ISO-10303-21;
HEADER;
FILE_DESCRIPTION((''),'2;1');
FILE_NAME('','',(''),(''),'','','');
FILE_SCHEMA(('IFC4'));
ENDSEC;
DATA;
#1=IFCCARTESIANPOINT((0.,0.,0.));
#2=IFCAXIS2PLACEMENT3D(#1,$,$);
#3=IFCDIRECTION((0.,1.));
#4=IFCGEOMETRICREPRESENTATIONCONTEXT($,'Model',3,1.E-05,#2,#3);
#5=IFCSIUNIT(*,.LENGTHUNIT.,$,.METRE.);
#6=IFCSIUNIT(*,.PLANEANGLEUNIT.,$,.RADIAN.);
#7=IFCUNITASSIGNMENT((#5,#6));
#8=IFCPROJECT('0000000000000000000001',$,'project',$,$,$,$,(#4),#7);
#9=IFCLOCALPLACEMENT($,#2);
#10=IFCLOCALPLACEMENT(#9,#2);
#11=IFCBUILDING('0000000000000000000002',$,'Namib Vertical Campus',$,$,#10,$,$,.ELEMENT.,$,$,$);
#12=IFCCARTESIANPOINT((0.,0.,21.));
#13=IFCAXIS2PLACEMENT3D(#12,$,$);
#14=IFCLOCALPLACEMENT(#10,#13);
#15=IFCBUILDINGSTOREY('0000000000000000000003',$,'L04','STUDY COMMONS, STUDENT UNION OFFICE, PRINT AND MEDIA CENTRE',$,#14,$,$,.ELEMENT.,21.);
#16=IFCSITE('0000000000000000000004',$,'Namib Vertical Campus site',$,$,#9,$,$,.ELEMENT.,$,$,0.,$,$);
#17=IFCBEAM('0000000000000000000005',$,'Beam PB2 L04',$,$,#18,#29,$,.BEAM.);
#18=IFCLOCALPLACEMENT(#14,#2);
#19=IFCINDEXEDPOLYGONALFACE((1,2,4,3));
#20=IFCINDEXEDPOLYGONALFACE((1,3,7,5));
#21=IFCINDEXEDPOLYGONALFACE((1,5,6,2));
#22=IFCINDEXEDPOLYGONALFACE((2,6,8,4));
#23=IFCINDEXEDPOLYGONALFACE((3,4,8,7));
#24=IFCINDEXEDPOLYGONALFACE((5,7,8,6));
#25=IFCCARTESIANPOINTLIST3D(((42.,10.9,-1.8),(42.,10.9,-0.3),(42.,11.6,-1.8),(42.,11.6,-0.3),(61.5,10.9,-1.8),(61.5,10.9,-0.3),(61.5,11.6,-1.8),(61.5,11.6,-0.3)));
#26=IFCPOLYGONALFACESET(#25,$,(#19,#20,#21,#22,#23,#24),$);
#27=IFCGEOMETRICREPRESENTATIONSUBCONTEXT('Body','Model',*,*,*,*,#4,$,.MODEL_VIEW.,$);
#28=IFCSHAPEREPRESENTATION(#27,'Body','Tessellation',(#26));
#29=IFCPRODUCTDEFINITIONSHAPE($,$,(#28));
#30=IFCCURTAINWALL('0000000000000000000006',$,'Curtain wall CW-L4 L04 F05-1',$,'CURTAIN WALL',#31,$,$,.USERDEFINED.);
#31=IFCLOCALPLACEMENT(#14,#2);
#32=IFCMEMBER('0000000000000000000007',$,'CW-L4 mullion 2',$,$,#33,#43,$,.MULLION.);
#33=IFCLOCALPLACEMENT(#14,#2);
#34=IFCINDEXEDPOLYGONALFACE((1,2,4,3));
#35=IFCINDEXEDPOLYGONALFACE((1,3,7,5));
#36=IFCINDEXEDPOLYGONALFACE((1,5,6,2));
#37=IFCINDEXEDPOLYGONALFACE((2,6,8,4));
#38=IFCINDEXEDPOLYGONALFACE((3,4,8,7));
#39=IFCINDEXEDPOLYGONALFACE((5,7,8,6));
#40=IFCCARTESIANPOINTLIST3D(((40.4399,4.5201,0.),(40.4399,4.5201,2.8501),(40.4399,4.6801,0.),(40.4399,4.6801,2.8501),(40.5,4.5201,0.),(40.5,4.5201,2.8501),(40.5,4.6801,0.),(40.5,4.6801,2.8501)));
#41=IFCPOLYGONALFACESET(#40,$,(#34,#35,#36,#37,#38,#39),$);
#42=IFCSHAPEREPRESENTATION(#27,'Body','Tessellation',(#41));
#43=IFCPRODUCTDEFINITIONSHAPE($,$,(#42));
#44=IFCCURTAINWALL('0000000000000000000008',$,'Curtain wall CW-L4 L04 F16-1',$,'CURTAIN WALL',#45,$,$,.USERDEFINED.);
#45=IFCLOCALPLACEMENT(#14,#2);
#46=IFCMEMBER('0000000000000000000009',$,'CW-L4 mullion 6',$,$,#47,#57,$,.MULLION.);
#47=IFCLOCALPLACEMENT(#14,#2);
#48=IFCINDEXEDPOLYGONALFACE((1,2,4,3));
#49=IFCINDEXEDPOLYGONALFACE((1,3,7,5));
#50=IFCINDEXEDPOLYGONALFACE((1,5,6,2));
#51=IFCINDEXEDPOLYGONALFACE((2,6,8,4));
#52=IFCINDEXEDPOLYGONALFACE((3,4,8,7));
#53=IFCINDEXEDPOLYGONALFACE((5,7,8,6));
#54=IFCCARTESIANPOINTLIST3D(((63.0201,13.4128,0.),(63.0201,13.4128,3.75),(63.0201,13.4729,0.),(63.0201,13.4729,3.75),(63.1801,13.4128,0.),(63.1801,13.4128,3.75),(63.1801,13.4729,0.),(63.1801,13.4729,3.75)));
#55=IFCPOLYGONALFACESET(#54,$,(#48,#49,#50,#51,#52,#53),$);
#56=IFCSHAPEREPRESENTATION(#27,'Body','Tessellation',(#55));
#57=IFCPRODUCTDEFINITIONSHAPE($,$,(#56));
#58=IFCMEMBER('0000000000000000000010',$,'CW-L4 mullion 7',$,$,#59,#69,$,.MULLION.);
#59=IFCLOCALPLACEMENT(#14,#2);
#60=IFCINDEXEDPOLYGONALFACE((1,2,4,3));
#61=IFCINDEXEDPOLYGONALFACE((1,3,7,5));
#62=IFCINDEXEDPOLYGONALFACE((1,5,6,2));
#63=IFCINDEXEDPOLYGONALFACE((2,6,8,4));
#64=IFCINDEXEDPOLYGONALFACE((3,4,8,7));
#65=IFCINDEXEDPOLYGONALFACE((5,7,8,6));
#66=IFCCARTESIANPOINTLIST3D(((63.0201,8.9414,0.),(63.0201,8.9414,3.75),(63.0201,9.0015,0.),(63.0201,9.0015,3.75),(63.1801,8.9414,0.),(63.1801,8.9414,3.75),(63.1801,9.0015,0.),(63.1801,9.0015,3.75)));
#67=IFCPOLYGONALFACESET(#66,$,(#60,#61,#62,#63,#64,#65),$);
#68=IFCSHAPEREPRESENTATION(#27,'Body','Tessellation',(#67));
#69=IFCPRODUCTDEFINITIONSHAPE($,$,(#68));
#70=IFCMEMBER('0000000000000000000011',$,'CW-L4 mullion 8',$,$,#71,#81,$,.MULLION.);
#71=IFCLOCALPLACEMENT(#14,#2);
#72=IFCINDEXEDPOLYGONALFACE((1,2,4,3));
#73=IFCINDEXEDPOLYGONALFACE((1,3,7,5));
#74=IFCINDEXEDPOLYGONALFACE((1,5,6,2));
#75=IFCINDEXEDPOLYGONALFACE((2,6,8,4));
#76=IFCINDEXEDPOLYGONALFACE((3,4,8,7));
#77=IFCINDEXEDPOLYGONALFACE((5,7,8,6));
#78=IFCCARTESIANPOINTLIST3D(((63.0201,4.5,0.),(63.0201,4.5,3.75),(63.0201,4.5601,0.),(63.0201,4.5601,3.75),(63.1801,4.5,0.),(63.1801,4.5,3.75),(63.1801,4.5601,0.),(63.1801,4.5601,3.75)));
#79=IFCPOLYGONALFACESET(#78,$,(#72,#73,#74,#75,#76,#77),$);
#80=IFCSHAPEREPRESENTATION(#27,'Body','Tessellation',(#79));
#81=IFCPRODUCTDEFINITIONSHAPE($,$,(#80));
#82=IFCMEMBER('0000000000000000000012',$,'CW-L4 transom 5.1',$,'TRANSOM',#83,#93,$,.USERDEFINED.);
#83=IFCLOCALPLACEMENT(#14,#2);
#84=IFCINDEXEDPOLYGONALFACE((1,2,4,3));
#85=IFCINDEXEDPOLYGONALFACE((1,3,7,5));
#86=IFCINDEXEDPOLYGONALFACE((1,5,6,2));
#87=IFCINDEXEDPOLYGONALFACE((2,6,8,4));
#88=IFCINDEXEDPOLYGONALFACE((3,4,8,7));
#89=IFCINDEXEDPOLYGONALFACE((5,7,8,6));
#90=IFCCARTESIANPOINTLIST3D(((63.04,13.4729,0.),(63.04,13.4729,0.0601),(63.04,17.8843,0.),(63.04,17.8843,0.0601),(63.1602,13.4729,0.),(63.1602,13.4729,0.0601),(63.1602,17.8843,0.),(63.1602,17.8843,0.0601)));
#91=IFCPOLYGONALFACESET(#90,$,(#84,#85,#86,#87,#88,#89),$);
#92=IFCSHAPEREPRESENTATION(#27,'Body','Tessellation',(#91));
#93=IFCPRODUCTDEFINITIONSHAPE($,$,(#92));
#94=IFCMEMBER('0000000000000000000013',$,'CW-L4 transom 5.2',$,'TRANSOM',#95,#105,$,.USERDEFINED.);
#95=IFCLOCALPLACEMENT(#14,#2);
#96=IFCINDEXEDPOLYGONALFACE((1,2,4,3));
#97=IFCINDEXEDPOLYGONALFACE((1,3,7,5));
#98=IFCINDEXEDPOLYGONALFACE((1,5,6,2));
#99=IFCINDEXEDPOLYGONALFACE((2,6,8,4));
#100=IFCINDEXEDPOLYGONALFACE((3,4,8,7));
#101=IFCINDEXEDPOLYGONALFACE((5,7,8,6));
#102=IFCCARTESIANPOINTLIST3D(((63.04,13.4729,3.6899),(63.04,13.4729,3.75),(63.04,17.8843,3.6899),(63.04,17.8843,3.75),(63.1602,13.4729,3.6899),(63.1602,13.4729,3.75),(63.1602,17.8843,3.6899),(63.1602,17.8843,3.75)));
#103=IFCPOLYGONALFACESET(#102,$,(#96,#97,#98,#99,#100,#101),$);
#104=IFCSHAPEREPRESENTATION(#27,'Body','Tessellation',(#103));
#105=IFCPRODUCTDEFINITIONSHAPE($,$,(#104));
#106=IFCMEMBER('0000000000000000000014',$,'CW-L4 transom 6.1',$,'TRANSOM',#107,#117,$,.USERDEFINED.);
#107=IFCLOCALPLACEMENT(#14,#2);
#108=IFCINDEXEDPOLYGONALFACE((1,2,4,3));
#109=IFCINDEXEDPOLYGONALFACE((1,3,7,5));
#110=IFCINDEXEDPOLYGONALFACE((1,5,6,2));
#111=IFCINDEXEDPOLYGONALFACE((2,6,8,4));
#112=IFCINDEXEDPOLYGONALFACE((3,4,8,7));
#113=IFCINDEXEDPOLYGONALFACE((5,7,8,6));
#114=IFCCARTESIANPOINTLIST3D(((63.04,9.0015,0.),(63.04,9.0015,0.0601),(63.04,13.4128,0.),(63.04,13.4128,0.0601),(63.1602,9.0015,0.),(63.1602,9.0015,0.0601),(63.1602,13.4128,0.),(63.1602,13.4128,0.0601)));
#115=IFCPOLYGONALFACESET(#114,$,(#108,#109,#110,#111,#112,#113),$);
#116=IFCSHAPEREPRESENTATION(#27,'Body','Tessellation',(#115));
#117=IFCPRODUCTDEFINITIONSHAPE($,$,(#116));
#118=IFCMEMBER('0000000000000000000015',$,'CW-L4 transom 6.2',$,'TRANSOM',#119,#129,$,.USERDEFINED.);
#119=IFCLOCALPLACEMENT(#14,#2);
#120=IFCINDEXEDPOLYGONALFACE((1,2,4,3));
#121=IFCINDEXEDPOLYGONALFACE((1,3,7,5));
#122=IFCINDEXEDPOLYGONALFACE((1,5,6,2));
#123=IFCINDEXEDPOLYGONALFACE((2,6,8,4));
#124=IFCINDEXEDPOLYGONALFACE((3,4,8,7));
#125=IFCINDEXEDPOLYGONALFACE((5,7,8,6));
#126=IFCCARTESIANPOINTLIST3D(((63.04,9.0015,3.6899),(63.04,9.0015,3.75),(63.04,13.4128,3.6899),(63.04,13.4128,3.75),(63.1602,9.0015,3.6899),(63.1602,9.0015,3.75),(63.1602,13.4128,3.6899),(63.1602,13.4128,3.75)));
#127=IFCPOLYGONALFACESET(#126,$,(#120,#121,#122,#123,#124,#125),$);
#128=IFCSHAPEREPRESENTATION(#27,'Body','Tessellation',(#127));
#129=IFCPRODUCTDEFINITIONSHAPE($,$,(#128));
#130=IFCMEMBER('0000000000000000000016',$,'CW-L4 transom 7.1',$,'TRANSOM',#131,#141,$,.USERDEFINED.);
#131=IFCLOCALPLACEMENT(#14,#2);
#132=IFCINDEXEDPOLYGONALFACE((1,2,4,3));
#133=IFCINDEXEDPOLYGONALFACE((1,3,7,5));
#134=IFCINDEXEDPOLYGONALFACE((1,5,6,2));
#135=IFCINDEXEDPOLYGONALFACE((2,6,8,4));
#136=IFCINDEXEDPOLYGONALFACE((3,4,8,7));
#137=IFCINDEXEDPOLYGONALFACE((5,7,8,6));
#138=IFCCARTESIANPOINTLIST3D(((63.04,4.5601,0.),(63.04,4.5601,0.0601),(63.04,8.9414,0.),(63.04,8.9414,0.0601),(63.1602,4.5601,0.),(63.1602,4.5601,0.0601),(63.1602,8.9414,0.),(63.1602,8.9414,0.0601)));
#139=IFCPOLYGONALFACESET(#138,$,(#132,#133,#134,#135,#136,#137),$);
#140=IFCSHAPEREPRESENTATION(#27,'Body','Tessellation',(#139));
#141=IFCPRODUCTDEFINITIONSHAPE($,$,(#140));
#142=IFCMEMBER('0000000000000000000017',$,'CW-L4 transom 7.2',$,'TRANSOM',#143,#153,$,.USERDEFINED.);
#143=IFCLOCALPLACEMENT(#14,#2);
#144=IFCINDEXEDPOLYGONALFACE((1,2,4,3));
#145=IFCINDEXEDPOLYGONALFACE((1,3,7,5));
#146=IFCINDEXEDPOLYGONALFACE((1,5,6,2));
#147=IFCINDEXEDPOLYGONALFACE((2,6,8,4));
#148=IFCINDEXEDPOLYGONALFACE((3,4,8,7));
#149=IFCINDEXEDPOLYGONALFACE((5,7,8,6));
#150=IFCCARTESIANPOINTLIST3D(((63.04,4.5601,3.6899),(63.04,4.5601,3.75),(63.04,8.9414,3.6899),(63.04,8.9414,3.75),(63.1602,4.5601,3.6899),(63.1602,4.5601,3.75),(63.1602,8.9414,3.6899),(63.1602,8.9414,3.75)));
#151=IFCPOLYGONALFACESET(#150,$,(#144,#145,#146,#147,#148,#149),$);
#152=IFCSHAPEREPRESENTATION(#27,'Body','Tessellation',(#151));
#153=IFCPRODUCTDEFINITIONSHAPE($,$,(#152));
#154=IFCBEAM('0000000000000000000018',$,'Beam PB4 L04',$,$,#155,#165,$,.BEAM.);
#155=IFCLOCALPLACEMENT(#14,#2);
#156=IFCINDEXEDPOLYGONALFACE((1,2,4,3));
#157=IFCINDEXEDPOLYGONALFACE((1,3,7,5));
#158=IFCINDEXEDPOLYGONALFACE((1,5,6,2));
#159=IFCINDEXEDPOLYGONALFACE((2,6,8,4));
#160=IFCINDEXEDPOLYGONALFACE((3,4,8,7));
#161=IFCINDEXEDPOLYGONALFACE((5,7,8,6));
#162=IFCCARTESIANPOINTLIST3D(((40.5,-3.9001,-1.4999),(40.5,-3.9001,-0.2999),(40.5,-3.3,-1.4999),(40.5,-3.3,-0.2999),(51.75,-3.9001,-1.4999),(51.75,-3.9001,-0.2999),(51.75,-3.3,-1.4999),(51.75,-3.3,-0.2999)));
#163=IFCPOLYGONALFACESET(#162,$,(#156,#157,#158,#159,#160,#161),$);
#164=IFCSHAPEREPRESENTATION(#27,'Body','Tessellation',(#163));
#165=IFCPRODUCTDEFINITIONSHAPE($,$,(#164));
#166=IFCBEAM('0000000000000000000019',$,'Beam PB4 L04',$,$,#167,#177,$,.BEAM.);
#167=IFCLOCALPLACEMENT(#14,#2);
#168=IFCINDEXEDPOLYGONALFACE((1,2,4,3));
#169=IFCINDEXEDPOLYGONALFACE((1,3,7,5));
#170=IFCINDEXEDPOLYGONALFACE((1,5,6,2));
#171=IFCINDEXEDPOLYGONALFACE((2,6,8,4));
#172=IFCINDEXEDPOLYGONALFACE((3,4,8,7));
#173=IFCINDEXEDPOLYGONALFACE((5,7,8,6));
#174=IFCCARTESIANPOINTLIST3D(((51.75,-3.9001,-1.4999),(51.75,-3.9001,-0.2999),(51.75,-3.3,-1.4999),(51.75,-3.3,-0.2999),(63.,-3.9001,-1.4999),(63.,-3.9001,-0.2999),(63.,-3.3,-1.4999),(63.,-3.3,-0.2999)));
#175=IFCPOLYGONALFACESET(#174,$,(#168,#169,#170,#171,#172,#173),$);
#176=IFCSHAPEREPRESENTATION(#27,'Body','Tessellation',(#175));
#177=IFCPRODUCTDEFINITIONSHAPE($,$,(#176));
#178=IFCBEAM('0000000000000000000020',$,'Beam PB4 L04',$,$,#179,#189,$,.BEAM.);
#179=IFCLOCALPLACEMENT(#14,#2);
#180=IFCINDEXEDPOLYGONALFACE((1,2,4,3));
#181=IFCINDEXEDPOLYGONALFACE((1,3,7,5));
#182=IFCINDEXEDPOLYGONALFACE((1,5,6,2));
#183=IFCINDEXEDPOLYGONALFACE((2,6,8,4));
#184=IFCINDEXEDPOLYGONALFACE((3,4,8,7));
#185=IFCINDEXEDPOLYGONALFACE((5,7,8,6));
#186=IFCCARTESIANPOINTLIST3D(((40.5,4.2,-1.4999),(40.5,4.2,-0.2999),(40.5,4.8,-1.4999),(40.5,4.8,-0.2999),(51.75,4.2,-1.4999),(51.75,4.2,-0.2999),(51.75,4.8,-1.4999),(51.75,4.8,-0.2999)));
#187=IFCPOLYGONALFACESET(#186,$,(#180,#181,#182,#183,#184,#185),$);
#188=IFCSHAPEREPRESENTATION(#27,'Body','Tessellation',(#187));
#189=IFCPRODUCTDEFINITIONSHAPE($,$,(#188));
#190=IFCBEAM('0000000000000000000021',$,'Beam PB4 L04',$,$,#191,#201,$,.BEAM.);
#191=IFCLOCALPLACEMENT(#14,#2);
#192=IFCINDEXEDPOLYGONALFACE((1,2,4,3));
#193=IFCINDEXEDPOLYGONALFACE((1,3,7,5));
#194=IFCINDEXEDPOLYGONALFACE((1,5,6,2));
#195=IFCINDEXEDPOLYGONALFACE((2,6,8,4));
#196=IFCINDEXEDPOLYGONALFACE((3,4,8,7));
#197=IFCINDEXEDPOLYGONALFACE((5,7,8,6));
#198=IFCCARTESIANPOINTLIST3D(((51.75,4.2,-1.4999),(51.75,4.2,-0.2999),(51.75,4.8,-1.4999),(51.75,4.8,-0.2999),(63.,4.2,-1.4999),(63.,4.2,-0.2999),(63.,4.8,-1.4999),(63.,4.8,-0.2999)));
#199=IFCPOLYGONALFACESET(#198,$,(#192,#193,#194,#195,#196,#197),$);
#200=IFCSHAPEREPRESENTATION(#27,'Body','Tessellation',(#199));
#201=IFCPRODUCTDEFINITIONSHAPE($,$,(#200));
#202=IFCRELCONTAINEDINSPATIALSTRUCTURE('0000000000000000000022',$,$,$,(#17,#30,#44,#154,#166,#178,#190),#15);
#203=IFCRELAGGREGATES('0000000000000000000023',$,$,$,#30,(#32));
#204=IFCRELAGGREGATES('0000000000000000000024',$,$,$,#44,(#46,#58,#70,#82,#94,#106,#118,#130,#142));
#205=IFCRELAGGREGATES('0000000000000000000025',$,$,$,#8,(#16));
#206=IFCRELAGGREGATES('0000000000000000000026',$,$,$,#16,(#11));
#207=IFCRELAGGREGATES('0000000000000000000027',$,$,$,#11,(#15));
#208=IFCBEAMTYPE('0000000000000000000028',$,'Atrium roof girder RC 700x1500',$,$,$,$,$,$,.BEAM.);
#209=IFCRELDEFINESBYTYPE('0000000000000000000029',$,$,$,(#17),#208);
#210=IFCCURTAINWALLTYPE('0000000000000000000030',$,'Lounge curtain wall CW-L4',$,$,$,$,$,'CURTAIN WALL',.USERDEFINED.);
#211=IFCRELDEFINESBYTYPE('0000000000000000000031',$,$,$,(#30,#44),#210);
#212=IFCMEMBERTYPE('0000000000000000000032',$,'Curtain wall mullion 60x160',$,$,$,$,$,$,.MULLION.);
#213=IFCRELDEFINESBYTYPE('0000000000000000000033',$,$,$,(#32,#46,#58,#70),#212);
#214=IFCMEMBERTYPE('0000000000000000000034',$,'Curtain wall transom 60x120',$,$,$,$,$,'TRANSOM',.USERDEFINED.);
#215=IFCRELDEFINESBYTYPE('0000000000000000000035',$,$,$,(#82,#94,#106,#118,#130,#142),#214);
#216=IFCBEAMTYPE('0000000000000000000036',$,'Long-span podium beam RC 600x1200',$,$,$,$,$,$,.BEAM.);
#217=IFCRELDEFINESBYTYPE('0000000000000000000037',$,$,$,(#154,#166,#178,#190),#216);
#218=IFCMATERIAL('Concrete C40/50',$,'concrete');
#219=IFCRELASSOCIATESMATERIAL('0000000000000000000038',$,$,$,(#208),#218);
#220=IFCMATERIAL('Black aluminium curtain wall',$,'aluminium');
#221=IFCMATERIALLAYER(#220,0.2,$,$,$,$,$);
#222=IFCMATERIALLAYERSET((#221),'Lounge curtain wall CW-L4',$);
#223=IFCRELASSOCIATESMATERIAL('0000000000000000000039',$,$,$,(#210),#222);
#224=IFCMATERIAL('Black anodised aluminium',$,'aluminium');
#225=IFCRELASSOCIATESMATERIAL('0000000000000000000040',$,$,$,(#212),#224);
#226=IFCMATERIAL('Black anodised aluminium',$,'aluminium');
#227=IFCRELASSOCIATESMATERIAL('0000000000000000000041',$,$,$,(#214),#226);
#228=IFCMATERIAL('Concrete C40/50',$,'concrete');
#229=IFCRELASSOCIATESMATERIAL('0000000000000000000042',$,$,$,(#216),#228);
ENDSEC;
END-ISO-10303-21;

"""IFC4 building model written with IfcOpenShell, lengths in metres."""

from ifc_helpers import new_model, si_unit, direction, frame, origin, origin_2d, place, context, subcontext, project, spatial, rectangle, extrude, material, layer, layer_set, material_profile, profile_set, type_object, element, aggregate, save


model = new_model("IFC4")

# Units and contexts
model_context = context("Model", 3, precision=1e-05, world=origin(), true_north=direction((0.0, 1.0)))
body_context = subcontext(model_context, "Body", "Model", "MODEL_VIEW")
ifc_project = project(units=[si_unit("LENGTHUNIT", "METRE"), si_unit("PLANEANGLEUNIT", "RADIAN")], contexts=[model_context])

# Site, building, storey
site_placement = place(None, origin())
site = spatial("IfcSite", under=ifc_project, at=site_placement, Name="Namib Vertical Campus site", CompositionType="ELEMENT", RefElevation=0.0)
building_placement = place(site_placement, origin())
building = spatial("IfcBuilding", under=site, at=building_placement, Name="Namib Vertical Campus", CompositionType="ELEMENT")
storey_placement = place(building_placement, frame((0.0, 0.0, 21.0)))
storey = spatial("IfcBuildingStorey", under=building, at=storey_placement, Name="L04", Description="STUDY COMMONS, STUDENT UNION OFFICE, PRINT AND MEDIA CENTRE", CompositionType="ELEMENT", Elevation=21.0)

# Beam
ifc_material_1 = material(Name="Concrete C40/50", Category="concrete")
ifc_material_profile_1 = material_profile(ifc_material_1, rectangle(XDim=0.7, YDim=1.5, at=origin_2d()))
ifc_profile_set_1 = profile_set([ifc_material_profile_1], Name="Concrete C40/50")
beam_type_1 = type_object("IfcBeamType", Name="Atrium roof girder RC 700x1500", PredefinedType="BEAM", material=ifc_profile_set_1)
beam_1_placement = place(storey_placement, frame((42.0, 11.25, -1.05), z_axis=(1.0, 0.0, 0.0), x_axis=(0.0, 1.0, 0.0)))
element("IfcBeam", 1, at=beam_1_placement, inside=storey, type_object=beam_type_1, Name="Beam PB2 L04", PredefinedType="BEAM", context=body_context, shape_type="SweptSolid", body=[
    extrude(rectangle(XDim=0.7, YDim=1.5, at=origin_2d()), origin(), (0.0, 0.0, 1.0), 19.5),
])

# Curtain wall, member
ifc_material_2 = material(Name="Black aluminium curtain wall", Category="aluminium")
ifc_layer_1 = layer(ifc_material_2, 0.2)
ifc_layer_set_1 = layer_set([ifc_layer_1], Name="Lounge curtain wall CW-L4")
curtain_wall_type = type_object("IfcCurtainWallType", Name="Lounge curtain wall CW-L4", ElementType="CURTAIN WALL", PredefinedType="USERDEFINED", material=ifc_layer_set_1)
curtain_wall_1_placement = place(storey_placement, origin())
curtain_wall_1 = element("IfcCurtainWall", 2, at=curtain_wall_1_placement, inside=storey, type_object=curtain_wall_type, Name="Curtain wall CW-L4 L04 F05-1", ObjectType="CURTAIN WALL", PredefinedType="USERDEFINED")
ifc_material_3 = material(Name="Black anodised aluminium", Category="aluminium")
ifc_material_profile_2 = material_profile(ifc_material_3, rectangle(XDim=0.0601, YDim=0.1599, at=origin_2d()))
ifc_profile_set_2 = profile_set([ifc_material_profile_2], Name="Black anodised aluminium")
member_type_1 = type_object("IfcMemberType", Name="Curtain wall mullion 60x160", PredefinedType="MULLION", material=ifc_profile_set_2)
member_1_placement = place(storey_placement, frame((40.47, 4.6001, 0.0), z_axis=(0.0, 0.0, 1.0), x_axis=(1.0, 0.0, 0.0)))
member_1 = element("IfcMember", 3, at=member_1_placement, type_object=member_type_1, Name="CW-L4 mullion 2", PredefinedType="MULLION", context=body_context, shape_type="SweptSolid", body=[
    extrude(rectangle(XDim=0.0601, YDim=0.1599, at=origin_2d()), origin(), (0.0, 0.0, 1.0), 2.8501),
])
aggregate(curtain_wall_1, [member_1])

# Curtain wall, members
curtain_wall_2_placement = place(storey_placement, origin())
curtain_wall_2 = element("IfcCurtainWall", 4, at=curtain_wall_2_placement, inside=storey, type_object=curtain_wall_type, Name="Curtain wall CW-L4 L04 F16-1", ObjectType="CURTAIN WALL", PredefinedType="USERDEFINED")
member_2_placement = place(storey_placement, frame((63.1001, 13.4429, 0.0), z_axis=(0.0, 0.0, 1.0), x_axis=(0.0, -1.0, 0.0)))
member_2 = element("IfcMember", 5, at=member_2_placement, type_object=member_type_1, Name="CW-L4 mullion 6", PredefinedType="MULLION", context=body_context, shape_type="SweptSolid", body=[
    extrude(rectangle(XDim=0.0601, YDim=0.1599, at=origin_2d()), origin(), (0.0, 0.0, 1.0), 3.75),
])
member_3_placement = place(storey_placement, frame((63.1001, 8.9714, 0.0), z_axis=(0.0, 0.0, 1.0), x_axis=(0.0, -1.0, 0.0)))
member_3 = element("IfcMember", 6, at=member_3_placement, type_object=member_type_1, Name="CW-L4 mullion 7", PredefinedType="MULLION", context=body_context, shape_type="SweptSolid", body=[
    extrude(rectangle(XDim=0.0601, YDim=0.1599, at=origin_2d()), origin(), (0.0, 0.0, 1.0), 3.75),
])
member_4_placement = place(storey_placement, frame((63.1001, 4.53, 0.0), z_axis=(0.0, 0.0, 1.0), x_axis=(0.0, -1.0, 0.0)))
member_4 = element("IfcMember", 7, at=member_4_placement, type_object=member_type_1, Name="CW-L4 mullion 8", PredefinedType="MULLION", context=body_context, shape_type="SweptSolid", body=[
    extrude(rectangle(XDim=0.0601, YDim=0.1599, at=origin_2d()), origin(), (0.0, 0.0, 1.0), 3.75),
])
ifc_material_4 = material(Name="Black anodised aluminium", Category="aluminium")
ifc_material_profile_3 = material_profile(ifc_material_4, rectangle(XDim=0.0601, YDim=0.1201, at=origin_2d()))
ifc_profile_set_3 = profile_set([ifc_material_profile_3], Name="Black anodised aluminium")
member_type_2 = type_object("IfcMemberType", Name="Curtain wall transom 60x120", ElementType="TRANSOM", PredefinedType="USERDEFINED", material=ifc_profile_set_3)
member_5_placement = place(storey_placement, frame((63.1001, 17.8843, 0.03), z_axis=(0.0, -1.0, 0.0), x_axis=(0.0, 0.0, 1.0)))
member_5 = element("IfcMember", 8, at=member_5_placement, type_object=member_type_2, Name="CW-L4 transom 5.1", ObjectType="TRANSOM", PredefinedType="USERDEFINED", context=body_context, shape_type="SweptSolid", body=[
    extrude(rectangle(XDim=0.0601, YDim=0.1201, at=origin_2d()), origin(), (0.0, 0.0, 1.0), 4.4114),
])
member_6_placement = place(storey_placement, frame((63.1001, 17.8843, 3.72), z_axis=(0.0, -1.0, 0.0), x_axis=(0.0, 0.0, 1.0)))
member_6 = element("IfcMember", 9, at=member_6_placement, type_object=member_type_2, Name="CW-L4 transom 5.2", ObjectType="TRANSOM", PredefinedType="USERDEFINED", context=body_context, shape_type="SweptSolid", body=[
    extrude(rectangle(XDim=0.0601, YDim=0.1201, at=origin_2d()), origin(), (0.0, 0.0, 1.0), 4.4114),
])
member_7_placement = place(storey_placement, frame((63.1001, 13.4128, 0.03), z_axis=(0.0, -1.0, 0.0), x_axis=(0.0, 0.0, 1.0)))
member_7 = element("IfcMember", 10, at=member_7_placement, type_object=member_type_2, Name="CW-L4 transom 6.1", ObjectType="TRANSOM", PredefinedType="USERDEFINED", context=body_context, shape_type="SweptSolid", body=[
    extrude(rectangle(XDim=0.0601, YDim=0.1201, at=origin_2d()), origin(), (0.0, 0.0, 1.0), 4.4114),
])
member_8_placement = place(storey_placement, frame((63.1001, 13.4128, 3.72), z_axis=(0.0, -1.0, 0.0), x_axis=(0.0, 0.0, 1.0)))
member_8 = element("IfcMember", 11, at=member_8_placement, type_object=member_type_2, Name="CW-L4 transom 6.2", ObjectType="TRANSOM", PredefinedType="USERDEFINED", context=body_context, shape_type="SweptSolid", body=[
    extrude(rectangle(XDim=0.0601, YDim=0.1201, at=origin_2d()), origin(), (0.0, 0.0, 1.0), 4.4114),
])
member_9_placement = place(storey_placement, frame((63.1001, 8.9414, 0.03), z_axis=(0.0, -1.0, 0.0), x_axis=(0.0, 0.0, 1.0)))
member_9 = element("IfcMember", 12, at=member_9_placement, type_object=member_type_2, Name="CW-L4 transom 7.1", ObjectType="TRANSOM", PredefinedType="USERDEFINED", context=body_context, shape_type="SweptSolid", body=[
    extrude(rectangle(XDim=0.0601, YDim=0.1201, at=origin_2d()), origin(), (0.0, 0.0, 1.0), 4.3813),
])
member_10_placement = place(storey_placement, frame((63.1001, 8.9414, 3.72), z_axis=(0.0, -1.0, 0.0), x_axis=(0.0, 0.0, 1.0)))
member_10 = element("IfcMember", 13, at=member_10_placement, type_object=member_type_2, Name="CW-L4 transom 7.2", ObjectType="TRANSOM", PredefinedType="USERDEFINED", context=body_context, shape_type="SweptSolid", body=[
    extrude(rectangle(XDim=0.0601, YDim=0.1201, at=origin_2d()), origin(), (0.0, 0.0, 1.0), 4.3813),
])

# Beams
ifc_material_5 = material(Name="Concrete C40/50", Category="concrete")
ifc_material_profile_4 = material_profile(ifc_material_5, rectangle(XDim=0.6001, YDim=1.2, at=origin_2d()))
ifc_profile_set_4 = profile_set([ifc_material_profile_4], Name="Concrete C40/50")
beam_type_2 = type_object("IfcBeamType", Name="Long-span podium beam RC 600x1200", PredefinedType="BEAM", material=ifc_profile_set_4)
for number, where, z_axis, x_axis, name in (
    (14, (40.5, -3.6001, -0.8999), (1.0, 0.0, 0.0), (0.0, 1.0, 0.0), "Beam PB4 L04"),
    (15, (51.75, -3.6001, -0.8999), (1.0, 0.0, 0.0), (0.0, 1.0, 0.0), "Beam PB4 L04"),
    (16, (40.5, 4.5, -0.8999), (1.0, 0.0, 0.0), (0.0, 1.0, 0.0), "Beam PB4 L04"),
    (17, (51.75, 4.5, -0.8999), (1.0, 0.0, 0.0), (0.0, 1.0, 0.0), "Beam PB4 L04"),
):
    element("IfcBeam", number, at=place(storey_placement, frame(where, z_axis=z_axis, x_axis=x_axis)), inside=storey, type_object=beam_type_2, Name=name, PredefinedType="BEAM", context=body_context, shape_type="SweptSolid", body=[
        extrude(rectangle(XDim=0.6001, YDim=1.2, at=origin_2d()), origin(), (0.0, 0.0, 1.0), 11.25),
    ])

aggregate(curtain_wall_2, [member_2, member_3, member_4, member_5, member_6, member_7, member_8, member_9, member_10])

save(model, "model.ifc")
